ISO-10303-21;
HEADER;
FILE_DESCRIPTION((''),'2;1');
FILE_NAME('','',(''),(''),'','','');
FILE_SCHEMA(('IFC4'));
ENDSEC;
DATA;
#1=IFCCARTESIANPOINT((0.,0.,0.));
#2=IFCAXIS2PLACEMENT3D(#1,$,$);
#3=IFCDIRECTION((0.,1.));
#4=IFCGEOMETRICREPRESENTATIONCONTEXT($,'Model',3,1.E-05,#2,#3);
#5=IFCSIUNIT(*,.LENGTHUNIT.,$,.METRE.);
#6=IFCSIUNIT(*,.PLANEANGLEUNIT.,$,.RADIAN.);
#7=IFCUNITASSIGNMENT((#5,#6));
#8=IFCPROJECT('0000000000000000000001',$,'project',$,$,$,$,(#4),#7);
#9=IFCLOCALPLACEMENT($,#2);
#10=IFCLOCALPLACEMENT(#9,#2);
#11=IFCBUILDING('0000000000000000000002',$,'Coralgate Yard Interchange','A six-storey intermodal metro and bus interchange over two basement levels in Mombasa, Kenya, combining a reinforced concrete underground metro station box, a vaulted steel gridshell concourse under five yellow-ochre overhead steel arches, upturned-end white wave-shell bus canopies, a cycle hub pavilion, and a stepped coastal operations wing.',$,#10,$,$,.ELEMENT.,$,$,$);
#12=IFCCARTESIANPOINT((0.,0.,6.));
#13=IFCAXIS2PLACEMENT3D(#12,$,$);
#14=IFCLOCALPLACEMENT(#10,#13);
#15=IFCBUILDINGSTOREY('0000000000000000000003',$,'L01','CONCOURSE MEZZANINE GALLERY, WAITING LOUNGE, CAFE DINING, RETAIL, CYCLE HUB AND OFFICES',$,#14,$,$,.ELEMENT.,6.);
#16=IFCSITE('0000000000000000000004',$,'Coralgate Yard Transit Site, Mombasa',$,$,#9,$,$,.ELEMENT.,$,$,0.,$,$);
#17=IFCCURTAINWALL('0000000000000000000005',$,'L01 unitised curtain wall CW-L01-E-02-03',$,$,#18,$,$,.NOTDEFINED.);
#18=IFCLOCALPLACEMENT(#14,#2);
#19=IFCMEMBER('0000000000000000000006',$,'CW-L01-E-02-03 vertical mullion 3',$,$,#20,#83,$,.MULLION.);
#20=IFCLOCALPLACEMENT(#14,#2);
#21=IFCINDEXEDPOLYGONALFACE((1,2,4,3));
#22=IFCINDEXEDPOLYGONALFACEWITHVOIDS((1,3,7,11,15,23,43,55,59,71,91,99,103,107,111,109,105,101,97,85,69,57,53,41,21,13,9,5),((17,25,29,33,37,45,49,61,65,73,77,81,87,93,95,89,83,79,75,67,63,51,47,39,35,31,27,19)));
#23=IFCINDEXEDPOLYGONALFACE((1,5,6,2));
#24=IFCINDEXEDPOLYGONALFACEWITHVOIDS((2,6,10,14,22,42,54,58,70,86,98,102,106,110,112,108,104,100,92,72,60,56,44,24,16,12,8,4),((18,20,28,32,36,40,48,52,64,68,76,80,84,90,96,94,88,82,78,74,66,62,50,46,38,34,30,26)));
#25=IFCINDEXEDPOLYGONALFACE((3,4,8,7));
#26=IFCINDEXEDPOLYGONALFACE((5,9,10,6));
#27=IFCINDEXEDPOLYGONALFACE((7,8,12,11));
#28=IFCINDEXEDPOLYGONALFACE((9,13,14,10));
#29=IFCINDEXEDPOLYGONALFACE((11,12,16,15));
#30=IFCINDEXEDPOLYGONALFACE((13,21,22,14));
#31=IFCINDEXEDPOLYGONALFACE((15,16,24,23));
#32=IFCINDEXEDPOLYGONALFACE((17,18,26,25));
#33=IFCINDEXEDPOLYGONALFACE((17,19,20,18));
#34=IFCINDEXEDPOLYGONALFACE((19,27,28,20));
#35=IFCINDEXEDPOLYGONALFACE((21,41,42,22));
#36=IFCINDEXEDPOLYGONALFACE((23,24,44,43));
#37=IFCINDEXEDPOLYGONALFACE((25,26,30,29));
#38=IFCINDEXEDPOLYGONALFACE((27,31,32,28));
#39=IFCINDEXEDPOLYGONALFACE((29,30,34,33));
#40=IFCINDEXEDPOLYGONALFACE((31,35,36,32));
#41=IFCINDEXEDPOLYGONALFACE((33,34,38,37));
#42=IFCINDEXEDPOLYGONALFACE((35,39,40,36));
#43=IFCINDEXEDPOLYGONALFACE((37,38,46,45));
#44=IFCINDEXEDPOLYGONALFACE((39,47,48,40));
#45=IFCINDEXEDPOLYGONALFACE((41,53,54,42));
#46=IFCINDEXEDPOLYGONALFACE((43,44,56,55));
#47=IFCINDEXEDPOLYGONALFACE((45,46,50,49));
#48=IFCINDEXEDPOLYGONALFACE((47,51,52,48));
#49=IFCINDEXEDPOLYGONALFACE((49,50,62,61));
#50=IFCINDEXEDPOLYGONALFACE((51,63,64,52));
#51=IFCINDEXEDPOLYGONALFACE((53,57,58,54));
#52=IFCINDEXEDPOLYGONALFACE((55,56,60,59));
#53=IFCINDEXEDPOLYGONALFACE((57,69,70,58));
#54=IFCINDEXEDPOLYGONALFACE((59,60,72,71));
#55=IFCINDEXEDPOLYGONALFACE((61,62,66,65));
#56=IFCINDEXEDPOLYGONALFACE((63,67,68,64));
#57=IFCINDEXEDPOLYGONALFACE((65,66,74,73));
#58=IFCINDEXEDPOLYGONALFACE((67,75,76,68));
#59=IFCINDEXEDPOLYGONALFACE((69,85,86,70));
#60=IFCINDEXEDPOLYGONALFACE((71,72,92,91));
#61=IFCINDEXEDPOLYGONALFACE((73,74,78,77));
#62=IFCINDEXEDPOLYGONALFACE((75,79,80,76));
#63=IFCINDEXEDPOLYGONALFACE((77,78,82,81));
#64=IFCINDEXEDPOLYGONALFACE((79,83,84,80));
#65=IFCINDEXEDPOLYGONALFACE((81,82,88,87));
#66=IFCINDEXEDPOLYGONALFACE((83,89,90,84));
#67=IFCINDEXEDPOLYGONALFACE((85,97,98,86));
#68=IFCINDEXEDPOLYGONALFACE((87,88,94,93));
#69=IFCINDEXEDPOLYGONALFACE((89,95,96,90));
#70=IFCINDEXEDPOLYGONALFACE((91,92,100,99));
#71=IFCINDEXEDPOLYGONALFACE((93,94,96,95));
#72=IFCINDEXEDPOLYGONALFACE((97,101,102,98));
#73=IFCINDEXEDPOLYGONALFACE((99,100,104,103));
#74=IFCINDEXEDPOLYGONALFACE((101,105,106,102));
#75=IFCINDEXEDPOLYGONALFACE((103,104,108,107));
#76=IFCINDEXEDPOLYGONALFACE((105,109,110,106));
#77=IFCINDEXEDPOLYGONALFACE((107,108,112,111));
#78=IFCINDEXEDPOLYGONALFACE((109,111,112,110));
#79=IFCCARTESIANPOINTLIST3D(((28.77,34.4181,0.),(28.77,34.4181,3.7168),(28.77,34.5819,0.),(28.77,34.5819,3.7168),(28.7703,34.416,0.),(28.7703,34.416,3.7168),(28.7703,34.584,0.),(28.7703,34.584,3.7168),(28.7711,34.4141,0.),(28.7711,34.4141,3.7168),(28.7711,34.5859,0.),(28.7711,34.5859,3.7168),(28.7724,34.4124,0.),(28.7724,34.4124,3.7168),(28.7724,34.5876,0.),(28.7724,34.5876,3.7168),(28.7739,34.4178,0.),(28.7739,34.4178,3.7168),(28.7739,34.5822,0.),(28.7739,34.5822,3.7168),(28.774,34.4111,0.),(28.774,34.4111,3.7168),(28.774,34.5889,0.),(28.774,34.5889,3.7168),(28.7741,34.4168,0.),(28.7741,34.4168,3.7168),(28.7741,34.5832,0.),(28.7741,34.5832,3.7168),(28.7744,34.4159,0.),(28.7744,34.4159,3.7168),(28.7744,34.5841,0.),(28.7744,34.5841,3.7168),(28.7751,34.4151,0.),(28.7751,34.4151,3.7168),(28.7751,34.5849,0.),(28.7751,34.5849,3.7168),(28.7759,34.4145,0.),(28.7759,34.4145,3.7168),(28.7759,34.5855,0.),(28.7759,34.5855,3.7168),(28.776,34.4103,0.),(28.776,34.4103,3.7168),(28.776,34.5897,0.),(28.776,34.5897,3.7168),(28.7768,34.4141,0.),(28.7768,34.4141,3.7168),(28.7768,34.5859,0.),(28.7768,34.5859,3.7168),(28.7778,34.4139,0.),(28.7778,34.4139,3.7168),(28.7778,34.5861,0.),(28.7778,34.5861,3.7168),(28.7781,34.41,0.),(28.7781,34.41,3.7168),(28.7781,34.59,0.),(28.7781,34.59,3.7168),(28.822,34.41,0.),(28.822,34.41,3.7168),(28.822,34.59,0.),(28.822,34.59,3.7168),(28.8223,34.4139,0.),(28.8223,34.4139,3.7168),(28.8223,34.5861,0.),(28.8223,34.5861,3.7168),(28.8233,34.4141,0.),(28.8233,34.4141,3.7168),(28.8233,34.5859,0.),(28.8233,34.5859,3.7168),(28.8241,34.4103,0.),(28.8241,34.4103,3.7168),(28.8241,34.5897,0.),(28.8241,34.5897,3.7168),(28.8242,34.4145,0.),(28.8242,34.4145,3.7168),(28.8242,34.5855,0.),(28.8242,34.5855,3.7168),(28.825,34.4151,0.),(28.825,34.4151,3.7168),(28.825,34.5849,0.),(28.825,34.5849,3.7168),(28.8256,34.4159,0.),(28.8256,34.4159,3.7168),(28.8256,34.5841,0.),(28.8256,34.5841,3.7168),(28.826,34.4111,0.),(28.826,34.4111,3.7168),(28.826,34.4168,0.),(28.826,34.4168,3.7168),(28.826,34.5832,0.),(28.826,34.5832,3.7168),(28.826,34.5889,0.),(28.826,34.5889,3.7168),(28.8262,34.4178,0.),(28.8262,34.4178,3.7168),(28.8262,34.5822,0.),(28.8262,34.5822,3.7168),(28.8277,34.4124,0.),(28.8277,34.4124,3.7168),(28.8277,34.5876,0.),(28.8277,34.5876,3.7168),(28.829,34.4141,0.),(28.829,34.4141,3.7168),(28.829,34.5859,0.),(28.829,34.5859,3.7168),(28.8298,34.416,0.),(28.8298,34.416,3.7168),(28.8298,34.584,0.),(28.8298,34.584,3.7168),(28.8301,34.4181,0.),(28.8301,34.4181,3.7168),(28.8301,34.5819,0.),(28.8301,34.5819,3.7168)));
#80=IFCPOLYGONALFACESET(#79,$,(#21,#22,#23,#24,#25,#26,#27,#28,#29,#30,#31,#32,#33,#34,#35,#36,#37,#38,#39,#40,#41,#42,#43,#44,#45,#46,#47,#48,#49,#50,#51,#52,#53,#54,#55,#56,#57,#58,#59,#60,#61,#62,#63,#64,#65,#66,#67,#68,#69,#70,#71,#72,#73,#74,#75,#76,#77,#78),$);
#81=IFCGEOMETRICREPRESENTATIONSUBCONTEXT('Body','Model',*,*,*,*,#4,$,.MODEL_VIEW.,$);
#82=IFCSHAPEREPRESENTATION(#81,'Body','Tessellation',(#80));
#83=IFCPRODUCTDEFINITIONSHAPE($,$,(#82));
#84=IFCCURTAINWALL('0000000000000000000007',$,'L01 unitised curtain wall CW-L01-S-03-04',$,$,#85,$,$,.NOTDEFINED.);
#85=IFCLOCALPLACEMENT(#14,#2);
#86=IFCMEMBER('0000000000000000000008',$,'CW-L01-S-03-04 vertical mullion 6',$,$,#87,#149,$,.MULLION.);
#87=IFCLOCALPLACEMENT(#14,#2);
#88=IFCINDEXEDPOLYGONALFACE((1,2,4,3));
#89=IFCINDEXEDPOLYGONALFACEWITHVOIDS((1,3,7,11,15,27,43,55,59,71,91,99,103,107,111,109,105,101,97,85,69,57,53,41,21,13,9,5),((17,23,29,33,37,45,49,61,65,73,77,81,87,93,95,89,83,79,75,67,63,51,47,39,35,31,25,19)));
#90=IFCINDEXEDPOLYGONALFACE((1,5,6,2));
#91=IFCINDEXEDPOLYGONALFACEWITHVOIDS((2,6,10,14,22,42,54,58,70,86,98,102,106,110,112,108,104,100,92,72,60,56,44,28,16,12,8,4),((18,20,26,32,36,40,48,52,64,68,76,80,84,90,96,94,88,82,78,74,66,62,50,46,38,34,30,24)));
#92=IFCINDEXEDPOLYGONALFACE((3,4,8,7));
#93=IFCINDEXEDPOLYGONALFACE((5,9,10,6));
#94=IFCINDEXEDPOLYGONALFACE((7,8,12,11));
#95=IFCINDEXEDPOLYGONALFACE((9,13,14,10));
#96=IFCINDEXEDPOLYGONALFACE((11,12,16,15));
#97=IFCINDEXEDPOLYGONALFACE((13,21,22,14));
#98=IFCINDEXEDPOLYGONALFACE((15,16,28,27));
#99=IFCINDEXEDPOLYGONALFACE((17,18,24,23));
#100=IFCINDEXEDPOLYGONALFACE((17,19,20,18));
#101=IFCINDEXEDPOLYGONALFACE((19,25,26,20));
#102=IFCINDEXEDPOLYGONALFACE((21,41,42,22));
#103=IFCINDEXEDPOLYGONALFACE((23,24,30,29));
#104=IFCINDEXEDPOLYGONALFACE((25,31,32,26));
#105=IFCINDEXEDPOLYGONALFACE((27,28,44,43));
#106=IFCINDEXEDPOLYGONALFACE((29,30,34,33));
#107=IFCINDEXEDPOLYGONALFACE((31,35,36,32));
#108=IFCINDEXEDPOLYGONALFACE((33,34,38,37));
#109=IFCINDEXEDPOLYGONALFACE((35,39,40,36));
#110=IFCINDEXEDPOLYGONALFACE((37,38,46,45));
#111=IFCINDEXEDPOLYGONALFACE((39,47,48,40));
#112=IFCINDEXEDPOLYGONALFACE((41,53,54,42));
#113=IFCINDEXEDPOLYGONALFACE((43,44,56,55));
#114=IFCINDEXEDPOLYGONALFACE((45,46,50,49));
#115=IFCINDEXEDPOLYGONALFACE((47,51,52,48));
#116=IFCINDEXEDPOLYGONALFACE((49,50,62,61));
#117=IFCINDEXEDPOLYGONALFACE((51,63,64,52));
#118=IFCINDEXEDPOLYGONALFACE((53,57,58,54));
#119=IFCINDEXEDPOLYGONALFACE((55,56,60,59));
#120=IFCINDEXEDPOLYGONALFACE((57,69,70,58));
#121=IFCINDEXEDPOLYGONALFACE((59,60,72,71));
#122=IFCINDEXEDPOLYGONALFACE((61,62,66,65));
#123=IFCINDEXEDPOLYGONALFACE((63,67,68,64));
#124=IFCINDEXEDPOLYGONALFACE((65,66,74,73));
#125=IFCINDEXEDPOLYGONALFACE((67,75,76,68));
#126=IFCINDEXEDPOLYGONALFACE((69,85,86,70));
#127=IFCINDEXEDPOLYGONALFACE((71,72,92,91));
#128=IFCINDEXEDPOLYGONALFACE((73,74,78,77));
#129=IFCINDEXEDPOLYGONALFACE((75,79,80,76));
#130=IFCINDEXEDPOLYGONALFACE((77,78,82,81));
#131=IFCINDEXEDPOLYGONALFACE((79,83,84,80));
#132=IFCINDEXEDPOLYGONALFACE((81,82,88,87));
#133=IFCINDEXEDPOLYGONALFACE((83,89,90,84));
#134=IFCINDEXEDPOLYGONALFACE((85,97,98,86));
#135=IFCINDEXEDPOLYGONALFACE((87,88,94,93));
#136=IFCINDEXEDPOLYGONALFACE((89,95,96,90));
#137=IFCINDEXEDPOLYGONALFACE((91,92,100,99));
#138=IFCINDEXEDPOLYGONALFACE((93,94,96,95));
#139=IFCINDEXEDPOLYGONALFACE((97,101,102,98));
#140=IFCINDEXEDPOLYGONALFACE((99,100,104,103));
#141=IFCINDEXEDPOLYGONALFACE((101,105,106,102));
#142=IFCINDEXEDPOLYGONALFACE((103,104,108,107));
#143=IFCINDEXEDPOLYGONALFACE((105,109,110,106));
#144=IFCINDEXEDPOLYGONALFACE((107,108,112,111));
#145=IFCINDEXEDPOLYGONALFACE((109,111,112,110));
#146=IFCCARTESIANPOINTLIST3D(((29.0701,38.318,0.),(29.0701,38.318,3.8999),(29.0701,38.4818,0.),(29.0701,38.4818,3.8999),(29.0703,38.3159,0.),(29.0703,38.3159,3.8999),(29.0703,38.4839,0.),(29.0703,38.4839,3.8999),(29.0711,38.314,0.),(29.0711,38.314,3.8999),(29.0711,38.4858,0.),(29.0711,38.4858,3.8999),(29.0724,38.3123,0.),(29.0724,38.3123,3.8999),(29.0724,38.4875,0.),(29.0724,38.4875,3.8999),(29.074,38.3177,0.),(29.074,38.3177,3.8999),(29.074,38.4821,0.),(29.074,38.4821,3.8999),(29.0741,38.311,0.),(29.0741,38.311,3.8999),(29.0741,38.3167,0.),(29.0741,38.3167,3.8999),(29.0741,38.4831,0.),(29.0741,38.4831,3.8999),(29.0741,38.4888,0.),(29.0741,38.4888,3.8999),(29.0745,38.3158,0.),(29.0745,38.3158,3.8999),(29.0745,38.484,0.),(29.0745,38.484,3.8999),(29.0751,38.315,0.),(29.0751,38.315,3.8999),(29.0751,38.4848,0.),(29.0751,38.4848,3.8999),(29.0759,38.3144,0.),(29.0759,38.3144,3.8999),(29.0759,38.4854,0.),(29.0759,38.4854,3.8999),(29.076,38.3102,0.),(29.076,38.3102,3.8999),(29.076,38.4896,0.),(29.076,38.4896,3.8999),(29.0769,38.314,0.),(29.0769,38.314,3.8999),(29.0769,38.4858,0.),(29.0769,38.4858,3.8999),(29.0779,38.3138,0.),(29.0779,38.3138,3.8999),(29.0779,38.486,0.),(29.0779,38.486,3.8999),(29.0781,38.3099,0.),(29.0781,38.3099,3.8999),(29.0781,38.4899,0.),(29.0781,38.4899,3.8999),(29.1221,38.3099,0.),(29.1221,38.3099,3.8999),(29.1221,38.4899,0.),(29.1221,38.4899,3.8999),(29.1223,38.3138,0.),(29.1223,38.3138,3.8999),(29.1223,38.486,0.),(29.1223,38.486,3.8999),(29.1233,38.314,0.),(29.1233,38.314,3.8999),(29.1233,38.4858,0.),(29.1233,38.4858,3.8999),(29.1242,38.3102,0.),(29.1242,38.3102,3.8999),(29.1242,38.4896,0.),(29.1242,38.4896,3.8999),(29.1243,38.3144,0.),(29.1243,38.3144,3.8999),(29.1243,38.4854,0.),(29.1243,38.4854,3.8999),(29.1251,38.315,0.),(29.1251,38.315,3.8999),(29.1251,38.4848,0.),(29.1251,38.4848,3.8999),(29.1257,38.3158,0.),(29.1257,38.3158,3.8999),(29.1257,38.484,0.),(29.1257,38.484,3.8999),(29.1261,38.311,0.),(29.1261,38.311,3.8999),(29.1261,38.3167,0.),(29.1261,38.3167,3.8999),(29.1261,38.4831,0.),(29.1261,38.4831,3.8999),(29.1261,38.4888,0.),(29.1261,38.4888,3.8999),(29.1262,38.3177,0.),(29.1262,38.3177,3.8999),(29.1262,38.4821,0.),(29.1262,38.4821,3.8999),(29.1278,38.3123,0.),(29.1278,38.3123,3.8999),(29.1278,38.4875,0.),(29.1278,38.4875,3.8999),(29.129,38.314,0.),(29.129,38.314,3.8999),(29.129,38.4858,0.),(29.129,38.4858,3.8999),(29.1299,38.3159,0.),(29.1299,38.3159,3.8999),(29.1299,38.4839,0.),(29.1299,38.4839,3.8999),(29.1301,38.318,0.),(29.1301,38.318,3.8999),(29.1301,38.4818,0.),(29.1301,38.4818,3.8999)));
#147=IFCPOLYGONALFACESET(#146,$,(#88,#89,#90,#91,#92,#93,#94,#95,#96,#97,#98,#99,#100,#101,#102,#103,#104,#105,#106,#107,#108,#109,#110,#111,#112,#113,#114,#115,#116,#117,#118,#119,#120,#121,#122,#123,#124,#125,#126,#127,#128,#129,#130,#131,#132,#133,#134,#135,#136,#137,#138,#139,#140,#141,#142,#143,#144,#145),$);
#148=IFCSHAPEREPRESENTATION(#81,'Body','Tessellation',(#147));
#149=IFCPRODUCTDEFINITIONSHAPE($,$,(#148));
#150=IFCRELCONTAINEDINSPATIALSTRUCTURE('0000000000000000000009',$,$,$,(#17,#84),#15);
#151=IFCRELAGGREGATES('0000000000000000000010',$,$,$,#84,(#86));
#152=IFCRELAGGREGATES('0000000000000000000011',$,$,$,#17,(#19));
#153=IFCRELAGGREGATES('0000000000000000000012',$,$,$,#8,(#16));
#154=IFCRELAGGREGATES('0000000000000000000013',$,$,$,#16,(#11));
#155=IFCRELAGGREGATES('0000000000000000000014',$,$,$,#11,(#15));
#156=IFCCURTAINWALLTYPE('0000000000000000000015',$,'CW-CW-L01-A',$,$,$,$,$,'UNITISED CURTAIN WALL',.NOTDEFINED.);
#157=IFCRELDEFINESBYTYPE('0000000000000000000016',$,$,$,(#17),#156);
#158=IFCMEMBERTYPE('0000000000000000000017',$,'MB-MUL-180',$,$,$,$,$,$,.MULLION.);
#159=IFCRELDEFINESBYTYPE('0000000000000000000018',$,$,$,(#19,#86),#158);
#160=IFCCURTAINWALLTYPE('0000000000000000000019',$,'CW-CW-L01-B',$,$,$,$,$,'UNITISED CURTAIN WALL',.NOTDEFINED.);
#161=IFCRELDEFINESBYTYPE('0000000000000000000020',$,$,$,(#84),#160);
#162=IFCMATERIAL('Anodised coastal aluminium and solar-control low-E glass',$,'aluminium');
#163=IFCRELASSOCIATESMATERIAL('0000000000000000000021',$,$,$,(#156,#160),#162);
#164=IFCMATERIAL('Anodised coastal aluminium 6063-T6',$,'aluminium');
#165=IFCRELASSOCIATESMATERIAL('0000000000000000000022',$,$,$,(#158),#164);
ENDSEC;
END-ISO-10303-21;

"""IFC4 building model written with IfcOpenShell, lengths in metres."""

from ifc_helpers import new_model, si_unit, direction, frame, origin, origin_2d, place, context, subcontext, project, spatial, hollow_rectangle, extrude, material, material_profile, profile_set, type_object, element, aggregate, save


model = new_model("IFC4")

# Units and contexts
model_context = context("Model", 3, precision=1e-05, world=origin(), true_north=direction((0.0, 1.0)))
body_context = subcontext(model_context, "Body", "Model", "MODEL_VIEW")
ifc_project = project(units=[si_unit("LENGTHUNIT", "METRE"), si_unit("PLANEANGLEUNIT", "RADIAN")], contexts=[model_context])

# Site, building, storey
site_placement = place(None, origin())
site = spatial("IfcSite", under=ifc_project, at=site_placement, Name="Coralgate Yard Transit Site, Mombasa", CompositionType="ELEMENT", RefElevation=0.0)
building_placement = place(site_placement, origin())
building = spatial("IfcBuilding", under=site, at=building_placement, Name="Coralgate Yard Interchange", Description="A six-storey intermodal metro and bus interchange over two basement levels in Mombasa, Kenya, combining a reinforced concrete underground metro station box, a vaulted steel gridshell concourse under five yellow-ochre overhead steel arches, upturned-end white wave-shell bus canopies, a cycle hub pavilion, and a stepped coastal operations wing.", CompositionType="ELEMENT")
storey_placement = place(building_placement, frame((0.0, 0.0, 6.0)))
storey = spatial("IfcBuildingStorey", under=building, at=storey_placement, Name="L01", Description="CONCOURSE MEZZANINE GALLERY, WAITING LOUNGE, CAFE DINING, RETAIL, CYCLE HUB AND OFFICES", CompositionType="ELEMENT", Elevation=6.0)

# Curtain wall, member
ifc_material_1 = material(Name="Anodised coastal aluminium and solar-control low-E glass", Category="aluminium")
curtain_wall_type_1 = type_object("IfcCurtainWallType", Name="CW-CW-L01-A", ElementType="UNITISED CURTAIN WALL", PredefinedType="NOTDEFINED", material=ifc_material_1)
curtain_wall_1_placement = place(storey_placement, origin())
curtain_wall_1 = element("IfcCurtainWall", 1, at=curtain_wall_1_placement, inside=storey, type_object=curtain_wall_type_1, Name="L01 unitised curtain wall CW-L01-E-02-03", PredefinedType="NOTDEFINED")
ifc_material_2 = material(Name="Anodised coastal aluminium 6063-T6", Category="aluminium")
ifc_material_profile_1 = material_profile(ifc_material_2, hollow_rectangle(XDim=0.0601, YDim=0.1799, WallThickness=0.0039, InnerFilletRadius=0.0039, OuterFilletRadius=0.0081, at=origin_2d()), Name="ALU 60x180x4")
ifc_profile_set_1 = profile_set([ifc_material_profile_1], Name="Anodised coastal aluminium 6063-T6")
member_type_1 = type_object("IfcMemberType", Name="MB-MUL-180", PredefinedType="MULLION", material=ifc_profile_set_1)
member_1_placement = place(storey_placement, frame((28.8, 34.5, 0.0), z_axis=(0.0, 0.0, 1.0), x_axis=(1.0, 0.0, 0.0)))
member_1 = element("IfcMember", 2, at=member_1_placement, type_object=member_type_1, Name="CW-L01-E-02-03 vertical mullion 3", PredefinedType="MULLION", context=body_context, shape_type="SweptSolid", body=[
    extrude(hollow_rectangle(XDim=0.0601, YDim=0.1799, WallThickness=0.0039, InnerFilletRadius=0.0039, OuterFilletRadius=0.0081, at=origin_2d()), origin(), (0.0, 0.0, 1.0), 3.7168),
])

# Curtain wall, member
curtain_wall_type_2 = type_object("IfcCurtainWallType", Name="CW-CW-L01-B", ElementType="UNITISED CURTAIN WALL", PredefinedType="NOTDEFINED", material=ifc_material_1)
curtain_wall_2_placement = place(storey_placement, origin())
curtain_wall_2 = element("IfcCurtainWall", 3, at=curtain_wall_2_placement, inside=storey, type_object=curtain_wall_type_2, Name="L01 unitised curtain wall CW-L01-S-03-04", PredefinedType="NOTDEFINED")
member_2_placement = place(storey_placement, frame((29.1001, 38.3999, 0.0), z_axis=(0.0, 0.0, 1.0), x_axis=(1.0, 0.0, 0.0)))
member_2 = element("IfcMember", 4, at=member_2_placement, type_object=member_type_1, Name="CW-L01-S-03-04 vertical mullion 6", PredefinedType="MULLION", context=body_context, shape_type="SweptSolid", body=[
    extrude(hollow_rectangle(XDim=0.0601, YDim=0.1799, WallThickness=0.0039, InnerFilletRadius=0.0039, OuterFilletRadius=0.0081, at=origin_2d()), origin(), (0.0, 0.0, 1.0), 3.8999),
])
aggregate(curtain_wall_2, [member_2])

aggregate(curtain_wall_1, [member_1])

save(model, "model.ifc")
